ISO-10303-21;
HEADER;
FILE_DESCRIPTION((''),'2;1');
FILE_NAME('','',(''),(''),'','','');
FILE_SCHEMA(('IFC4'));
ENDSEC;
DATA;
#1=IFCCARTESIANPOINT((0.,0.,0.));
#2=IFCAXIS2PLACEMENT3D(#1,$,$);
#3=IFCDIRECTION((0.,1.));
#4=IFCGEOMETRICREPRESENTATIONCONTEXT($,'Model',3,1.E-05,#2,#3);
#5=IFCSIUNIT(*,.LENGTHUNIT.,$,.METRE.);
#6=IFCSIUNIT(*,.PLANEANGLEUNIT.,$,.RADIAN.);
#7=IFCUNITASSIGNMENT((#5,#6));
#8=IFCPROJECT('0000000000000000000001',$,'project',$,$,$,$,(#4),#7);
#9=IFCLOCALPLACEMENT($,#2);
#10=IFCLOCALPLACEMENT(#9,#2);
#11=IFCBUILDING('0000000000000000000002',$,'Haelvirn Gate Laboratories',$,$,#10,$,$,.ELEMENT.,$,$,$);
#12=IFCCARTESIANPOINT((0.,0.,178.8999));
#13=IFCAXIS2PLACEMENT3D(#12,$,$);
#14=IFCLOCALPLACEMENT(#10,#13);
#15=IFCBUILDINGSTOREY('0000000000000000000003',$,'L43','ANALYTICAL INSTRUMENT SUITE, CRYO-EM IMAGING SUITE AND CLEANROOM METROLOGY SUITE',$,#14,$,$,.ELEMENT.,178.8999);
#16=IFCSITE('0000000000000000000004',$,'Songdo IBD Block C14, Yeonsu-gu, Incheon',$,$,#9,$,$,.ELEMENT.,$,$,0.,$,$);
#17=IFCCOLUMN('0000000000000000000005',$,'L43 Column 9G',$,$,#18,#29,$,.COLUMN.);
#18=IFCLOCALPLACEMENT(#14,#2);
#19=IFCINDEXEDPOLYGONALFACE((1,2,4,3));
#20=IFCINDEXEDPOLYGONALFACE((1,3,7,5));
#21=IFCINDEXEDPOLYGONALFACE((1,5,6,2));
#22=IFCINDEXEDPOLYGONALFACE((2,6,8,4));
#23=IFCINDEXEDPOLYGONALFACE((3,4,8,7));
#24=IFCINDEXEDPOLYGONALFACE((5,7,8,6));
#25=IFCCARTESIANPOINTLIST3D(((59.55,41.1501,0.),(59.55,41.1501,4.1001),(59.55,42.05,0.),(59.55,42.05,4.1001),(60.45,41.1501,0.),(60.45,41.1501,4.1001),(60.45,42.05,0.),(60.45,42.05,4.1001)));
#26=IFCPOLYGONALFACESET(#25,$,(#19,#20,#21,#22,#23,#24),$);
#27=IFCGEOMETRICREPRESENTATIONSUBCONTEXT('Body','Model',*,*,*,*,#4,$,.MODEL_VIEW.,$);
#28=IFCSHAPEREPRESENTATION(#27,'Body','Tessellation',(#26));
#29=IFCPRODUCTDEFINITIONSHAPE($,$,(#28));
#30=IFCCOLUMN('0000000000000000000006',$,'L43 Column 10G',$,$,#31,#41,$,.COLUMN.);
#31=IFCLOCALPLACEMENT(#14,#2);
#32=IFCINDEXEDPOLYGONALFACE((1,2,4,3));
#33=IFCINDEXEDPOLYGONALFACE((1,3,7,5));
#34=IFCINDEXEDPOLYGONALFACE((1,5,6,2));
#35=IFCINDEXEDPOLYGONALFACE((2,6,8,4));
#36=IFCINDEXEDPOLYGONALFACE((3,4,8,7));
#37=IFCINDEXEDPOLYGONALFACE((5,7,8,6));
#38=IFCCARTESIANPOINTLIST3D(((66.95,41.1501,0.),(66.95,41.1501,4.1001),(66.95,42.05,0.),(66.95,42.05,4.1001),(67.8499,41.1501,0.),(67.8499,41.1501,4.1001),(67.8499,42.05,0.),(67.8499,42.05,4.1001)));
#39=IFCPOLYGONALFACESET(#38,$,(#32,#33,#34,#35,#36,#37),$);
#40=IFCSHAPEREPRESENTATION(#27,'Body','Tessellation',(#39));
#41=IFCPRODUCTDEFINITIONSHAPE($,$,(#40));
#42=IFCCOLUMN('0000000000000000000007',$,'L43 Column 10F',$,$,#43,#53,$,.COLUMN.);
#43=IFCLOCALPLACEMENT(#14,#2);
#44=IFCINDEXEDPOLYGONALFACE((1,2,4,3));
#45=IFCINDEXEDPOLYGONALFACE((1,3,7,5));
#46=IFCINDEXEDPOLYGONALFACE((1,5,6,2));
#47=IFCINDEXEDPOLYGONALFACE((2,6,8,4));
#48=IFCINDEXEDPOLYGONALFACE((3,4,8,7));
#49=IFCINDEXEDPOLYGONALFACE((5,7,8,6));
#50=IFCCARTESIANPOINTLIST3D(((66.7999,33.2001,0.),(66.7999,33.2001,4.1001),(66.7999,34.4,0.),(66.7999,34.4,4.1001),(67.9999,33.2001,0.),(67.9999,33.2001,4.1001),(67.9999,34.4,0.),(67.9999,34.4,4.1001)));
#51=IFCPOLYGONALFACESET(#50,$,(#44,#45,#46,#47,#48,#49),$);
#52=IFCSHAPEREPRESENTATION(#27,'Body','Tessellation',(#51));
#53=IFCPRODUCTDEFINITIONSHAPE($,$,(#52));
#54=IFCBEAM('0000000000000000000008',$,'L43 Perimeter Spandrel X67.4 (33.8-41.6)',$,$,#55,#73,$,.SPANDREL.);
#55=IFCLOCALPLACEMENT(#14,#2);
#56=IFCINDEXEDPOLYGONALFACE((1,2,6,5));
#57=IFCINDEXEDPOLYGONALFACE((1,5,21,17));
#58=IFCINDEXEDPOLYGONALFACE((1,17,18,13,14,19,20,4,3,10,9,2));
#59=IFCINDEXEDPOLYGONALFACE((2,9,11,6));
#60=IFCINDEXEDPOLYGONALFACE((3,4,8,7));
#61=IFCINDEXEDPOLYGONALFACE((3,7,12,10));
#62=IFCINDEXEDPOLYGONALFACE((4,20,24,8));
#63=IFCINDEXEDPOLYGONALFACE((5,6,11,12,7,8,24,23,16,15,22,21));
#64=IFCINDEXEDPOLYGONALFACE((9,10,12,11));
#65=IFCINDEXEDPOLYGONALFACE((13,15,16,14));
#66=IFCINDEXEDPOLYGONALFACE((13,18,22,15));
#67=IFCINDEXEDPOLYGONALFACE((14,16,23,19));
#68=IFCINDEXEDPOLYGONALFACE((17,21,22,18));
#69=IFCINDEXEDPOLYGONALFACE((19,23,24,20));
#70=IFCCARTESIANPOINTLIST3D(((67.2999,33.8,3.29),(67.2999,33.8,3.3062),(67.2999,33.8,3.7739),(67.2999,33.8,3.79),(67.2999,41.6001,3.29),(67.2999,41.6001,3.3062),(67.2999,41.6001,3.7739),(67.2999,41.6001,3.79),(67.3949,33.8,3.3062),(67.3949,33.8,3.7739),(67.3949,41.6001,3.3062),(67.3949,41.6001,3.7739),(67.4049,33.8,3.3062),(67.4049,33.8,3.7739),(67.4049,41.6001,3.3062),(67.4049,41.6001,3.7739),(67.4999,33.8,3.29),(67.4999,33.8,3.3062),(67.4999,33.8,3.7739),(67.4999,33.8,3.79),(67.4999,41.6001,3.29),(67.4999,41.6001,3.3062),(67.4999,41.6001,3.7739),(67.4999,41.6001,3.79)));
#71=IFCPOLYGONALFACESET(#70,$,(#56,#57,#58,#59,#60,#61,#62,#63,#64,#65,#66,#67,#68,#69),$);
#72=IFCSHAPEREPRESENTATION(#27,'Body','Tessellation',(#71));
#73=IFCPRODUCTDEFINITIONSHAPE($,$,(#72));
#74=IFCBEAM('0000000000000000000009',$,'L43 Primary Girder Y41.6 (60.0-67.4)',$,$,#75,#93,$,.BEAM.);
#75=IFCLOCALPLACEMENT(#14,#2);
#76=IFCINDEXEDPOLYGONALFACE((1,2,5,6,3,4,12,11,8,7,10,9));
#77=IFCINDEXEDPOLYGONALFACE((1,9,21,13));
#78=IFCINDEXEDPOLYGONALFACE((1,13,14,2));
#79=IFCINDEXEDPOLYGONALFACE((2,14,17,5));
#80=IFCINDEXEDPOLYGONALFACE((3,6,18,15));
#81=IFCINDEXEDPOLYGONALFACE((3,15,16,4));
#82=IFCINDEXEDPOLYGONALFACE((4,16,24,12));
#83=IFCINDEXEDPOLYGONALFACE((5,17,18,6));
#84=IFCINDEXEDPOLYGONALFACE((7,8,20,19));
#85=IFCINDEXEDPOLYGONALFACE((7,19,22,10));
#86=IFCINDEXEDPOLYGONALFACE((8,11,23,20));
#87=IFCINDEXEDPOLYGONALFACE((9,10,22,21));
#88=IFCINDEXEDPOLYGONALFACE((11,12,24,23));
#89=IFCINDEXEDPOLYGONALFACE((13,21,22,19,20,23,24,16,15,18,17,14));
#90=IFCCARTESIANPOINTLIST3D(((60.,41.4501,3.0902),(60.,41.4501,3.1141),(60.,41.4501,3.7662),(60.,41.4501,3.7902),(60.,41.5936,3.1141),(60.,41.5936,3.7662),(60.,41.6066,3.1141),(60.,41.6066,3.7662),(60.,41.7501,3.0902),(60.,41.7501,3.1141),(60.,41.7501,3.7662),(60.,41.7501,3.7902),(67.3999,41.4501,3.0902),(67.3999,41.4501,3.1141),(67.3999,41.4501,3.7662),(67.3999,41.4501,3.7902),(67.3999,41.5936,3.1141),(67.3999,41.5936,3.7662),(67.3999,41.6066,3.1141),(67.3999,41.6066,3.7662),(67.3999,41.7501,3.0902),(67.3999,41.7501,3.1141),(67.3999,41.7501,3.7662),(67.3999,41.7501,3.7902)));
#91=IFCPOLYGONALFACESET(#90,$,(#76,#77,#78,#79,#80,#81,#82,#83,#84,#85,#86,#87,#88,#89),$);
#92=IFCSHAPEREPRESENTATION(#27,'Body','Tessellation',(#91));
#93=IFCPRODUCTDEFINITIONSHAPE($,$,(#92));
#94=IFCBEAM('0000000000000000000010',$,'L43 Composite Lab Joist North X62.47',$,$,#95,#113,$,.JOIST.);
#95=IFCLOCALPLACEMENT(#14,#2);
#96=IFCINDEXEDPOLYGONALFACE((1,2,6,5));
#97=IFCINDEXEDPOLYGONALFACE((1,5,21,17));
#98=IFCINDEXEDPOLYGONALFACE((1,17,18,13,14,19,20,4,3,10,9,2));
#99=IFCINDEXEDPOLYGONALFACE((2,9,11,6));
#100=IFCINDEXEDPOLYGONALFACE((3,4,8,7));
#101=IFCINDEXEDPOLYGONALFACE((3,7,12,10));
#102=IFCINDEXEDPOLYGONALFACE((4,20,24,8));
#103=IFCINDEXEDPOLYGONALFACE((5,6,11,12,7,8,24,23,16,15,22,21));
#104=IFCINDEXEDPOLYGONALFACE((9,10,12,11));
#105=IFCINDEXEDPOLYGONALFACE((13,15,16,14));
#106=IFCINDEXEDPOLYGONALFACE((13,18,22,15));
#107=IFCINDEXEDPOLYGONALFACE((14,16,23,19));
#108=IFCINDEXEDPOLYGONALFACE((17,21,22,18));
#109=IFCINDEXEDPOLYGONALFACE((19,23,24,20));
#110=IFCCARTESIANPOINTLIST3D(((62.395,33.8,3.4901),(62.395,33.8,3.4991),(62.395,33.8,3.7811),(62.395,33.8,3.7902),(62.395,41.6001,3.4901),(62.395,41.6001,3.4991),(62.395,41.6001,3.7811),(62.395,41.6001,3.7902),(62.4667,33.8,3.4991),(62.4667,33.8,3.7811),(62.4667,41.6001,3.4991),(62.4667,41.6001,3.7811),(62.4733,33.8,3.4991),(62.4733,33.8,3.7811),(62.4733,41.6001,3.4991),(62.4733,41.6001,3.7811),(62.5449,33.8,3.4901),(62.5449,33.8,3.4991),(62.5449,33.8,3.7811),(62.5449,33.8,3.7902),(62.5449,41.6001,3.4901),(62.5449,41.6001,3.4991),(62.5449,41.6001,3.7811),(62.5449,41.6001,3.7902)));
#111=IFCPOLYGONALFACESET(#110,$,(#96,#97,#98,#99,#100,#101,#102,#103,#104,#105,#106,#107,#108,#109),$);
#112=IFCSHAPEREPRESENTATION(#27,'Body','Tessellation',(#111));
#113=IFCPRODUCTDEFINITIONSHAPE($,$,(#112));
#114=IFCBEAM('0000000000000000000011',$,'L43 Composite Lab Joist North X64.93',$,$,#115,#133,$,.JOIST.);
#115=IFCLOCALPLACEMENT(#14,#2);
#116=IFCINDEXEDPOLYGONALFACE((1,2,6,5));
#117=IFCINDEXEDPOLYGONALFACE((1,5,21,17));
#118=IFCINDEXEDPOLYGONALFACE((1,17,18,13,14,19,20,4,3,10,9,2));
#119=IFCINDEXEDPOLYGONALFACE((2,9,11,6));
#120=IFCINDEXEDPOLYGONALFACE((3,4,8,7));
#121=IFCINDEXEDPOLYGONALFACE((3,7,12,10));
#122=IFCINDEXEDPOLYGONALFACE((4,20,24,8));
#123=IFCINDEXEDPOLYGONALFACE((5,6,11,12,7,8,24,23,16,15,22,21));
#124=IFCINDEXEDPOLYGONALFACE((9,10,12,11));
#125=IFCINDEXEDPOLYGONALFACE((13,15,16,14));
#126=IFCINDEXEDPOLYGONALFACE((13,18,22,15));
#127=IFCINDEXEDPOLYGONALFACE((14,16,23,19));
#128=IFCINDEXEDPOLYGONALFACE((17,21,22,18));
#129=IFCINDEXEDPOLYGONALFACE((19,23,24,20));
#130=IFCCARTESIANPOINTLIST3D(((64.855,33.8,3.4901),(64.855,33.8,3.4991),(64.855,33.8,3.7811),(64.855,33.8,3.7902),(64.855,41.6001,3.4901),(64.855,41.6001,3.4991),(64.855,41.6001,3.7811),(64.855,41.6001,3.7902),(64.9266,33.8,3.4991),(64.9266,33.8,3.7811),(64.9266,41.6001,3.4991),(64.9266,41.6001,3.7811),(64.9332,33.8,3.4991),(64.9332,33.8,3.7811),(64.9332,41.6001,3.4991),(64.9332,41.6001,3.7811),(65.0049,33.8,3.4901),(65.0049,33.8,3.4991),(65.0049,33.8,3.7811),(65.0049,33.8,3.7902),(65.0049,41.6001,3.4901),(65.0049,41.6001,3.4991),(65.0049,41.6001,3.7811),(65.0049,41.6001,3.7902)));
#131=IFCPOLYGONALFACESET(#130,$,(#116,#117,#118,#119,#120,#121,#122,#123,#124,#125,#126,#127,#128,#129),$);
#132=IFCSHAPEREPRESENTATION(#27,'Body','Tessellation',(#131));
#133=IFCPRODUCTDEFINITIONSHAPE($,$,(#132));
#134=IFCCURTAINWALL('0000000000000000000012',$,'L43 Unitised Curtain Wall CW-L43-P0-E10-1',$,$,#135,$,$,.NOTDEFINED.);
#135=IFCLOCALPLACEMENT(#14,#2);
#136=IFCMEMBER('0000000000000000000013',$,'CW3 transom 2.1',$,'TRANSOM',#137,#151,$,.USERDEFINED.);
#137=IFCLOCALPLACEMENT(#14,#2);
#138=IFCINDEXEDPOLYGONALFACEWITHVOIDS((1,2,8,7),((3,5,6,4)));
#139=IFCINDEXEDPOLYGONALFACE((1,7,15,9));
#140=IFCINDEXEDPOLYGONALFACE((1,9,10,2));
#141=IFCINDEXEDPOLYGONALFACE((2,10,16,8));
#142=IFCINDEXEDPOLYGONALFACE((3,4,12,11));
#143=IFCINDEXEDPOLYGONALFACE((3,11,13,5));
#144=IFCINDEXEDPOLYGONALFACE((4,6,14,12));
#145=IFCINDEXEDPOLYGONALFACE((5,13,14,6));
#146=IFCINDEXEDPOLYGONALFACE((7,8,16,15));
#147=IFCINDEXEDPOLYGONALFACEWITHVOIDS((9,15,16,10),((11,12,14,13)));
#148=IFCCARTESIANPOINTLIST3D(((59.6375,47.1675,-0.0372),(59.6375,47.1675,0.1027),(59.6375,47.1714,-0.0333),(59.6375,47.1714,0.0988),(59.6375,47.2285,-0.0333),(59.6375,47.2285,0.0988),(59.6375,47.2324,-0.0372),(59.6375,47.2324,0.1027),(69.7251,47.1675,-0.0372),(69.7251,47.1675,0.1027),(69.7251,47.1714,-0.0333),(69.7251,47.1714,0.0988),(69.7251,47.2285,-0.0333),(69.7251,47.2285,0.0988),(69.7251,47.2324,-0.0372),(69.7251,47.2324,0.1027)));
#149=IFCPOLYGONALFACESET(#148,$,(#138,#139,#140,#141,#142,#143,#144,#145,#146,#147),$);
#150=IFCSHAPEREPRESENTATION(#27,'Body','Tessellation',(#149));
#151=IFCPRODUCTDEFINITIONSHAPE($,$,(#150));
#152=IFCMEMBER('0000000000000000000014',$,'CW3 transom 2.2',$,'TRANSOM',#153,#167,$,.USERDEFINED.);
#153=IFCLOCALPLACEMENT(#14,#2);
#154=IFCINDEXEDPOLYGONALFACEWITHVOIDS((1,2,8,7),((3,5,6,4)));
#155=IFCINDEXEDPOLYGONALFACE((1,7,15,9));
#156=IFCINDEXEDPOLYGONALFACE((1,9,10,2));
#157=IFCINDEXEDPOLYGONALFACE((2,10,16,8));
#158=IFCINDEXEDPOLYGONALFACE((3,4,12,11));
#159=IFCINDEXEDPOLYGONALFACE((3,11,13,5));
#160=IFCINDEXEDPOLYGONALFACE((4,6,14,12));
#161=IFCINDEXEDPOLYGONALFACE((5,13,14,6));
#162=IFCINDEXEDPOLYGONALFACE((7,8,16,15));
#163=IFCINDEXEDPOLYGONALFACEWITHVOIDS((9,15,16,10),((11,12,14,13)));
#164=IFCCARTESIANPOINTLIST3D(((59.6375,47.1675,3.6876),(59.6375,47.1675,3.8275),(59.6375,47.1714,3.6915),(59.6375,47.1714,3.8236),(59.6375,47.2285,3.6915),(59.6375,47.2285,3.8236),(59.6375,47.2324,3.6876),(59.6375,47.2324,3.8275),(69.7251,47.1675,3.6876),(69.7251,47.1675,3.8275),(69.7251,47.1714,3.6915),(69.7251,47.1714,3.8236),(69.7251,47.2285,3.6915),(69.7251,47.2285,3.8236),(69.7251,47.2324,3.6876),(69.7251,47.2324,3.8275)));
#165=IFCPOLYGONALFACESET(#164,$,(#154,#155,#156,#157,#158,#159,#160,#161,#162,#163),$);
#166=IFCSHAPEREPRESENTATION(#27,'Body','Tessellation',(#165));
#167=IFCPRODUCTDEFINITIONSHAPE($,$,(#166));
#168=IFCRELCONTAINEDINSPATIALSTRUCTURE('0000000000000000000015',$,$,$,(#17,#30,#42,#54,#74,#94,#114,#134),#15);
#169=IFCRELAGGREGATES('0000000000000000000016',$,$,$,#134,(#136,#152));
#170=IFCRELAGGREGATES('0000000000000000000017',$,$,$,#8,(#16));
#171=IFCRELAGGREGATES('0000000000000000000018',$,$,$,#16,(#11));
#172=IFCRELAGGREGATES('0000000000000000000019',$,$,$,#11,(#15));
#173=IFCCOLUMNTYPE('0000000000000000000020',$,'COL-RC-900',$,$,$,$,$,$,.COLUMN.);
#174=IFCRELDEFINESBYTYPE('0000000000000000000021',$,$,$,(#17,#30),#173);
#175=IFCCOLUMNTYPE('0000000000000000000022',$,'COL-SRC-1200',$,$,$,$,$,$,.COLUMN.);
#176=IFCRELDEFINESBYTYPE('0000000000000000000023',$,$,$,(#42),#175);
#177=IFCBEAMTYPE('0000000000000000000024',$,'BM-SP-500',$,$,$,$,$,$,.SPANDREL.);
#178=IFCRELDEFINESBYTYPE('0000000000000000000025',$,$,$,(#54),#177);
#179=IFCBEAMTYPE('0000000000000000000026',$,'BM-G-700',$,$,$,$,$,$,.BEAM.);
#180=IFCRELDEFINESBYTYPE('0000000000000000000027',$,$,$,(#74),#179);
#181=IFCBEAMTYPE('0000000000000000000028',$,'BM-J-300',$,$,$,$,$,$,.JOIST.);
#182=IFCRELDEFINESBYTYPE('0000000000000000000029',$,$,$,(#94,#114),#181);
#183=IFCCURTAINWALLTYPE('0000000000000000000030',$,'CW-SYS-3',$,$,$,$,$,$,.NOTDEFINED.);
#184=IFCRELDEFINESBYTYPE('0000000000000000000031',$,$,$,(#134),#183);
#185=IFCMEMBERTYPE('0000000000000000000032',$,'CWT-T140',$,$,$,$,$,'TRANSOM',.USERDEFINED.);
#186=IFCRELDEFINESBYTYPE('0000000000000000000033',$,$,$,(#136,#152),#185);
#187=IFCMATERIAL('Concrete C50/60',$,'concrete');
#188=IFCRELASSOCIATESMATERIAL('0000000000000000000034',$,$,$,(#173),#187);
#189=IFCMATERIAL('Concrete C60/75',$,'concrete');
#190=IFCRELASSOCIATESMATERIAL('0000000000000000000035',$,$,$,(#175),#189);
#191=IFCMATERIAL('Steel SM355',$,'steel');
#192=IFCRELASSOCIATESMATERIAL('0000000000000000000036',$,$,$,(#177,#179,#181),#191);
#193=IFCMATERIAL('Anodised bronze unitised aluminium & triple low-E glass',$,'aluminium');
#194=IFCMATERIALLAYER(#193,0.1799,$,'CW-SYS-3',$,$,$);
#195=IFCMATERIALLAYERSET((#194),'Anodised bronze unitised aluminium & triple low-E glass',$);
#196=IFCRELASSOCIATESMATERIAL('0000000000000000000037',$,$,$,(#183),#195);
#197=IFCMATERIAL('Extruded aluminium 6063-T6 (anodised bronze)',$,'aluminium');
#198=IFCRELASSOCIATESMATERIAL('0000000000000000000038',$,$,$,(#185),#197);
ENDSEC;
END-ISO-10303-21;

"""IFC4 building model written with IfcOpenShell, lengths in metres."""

from ifc_helpers import new_model, si_unit, direction, frame, origin, origin_2d, place, context, subcontext, project, spatial, rectangle, hollow_rectangle, i_section, extrude, source, transform, mapped, material, layer, layer_set, material_profile, profile_set, type_object, type_shapes, element, aggregate, save


model = new_model("IFC4")

# Units and contexts
model_context = context("Model", 3, precision=1e-05, world=origin(), true_north=direction((0.0, 1.0)))
body_context = subcontext(model_context, "Body", "Model", "MODEL_VIEW")
ifc_project = project(units=[si_unit("LENGTHUNIT", "METRE"), si_unit("PLANEANGLEUNIT", "RADIAN")], contexts=[model_context])

# Site, building, storey
site_placement = place(None, origin())
site = spatial("IfcSite", under=ifc_project, at=site_placement, Name="Songdo IBD Block C14, Yeonsu-gu, Incheon", CompositionType="ELEMENT", RefElevation=0.0)
building_placement = place(site_placement, origin())
building = spatial("IfcBuilding", under=site, at=building_placement, Name="Haelvirn Gate Laboratories", CompositionType="ELEMENT")
storey_placement = place(building_placement, frame((0.0, 0.0, 178.8999)))
storey = spatial("IfcBuildingStorey", under=building, at=storey_placement, Name="L43", Description="ANALYTICAL INSTRUMENT SUITE, CRYO-EM IMAGING SUITE AND CLEANROOM METROLOGY SUITE", CompositionType="ELEMENT", Elevation=178.8999)

# Columns
ifc_material_1 = material(Name="Concrete C50/60", Category="concrete")
ifc_material_profile_1 = material_profile(ifc_material_1, rectangle(XDim=0.8999, YDim=0.8999, at=origin_2d()), Name="RC-900x900")
ifc_profile_set_1 = profile_set([ifc_material_profile_1], Name="Concrete C50/60")
column_type_1 = type_object("IfcColumnType", Name="COL-RC-900", PredefinedType="COLUMN", material=ifc_profile_set_1)
shared_shape_1 = source(origin(), body_context, "Body", "SweptSolid", [
    extrude(rectangle(XDim=0.8999, YDim=0.8999, at=origin_2d()), origin(), (0.0, 0.0, 1.0), 4.1001),
])
type_shapes(column_type_1, [shared_shape_1])
for number, where, z_axis, x_axis, name in (
    (1, (60.0, 41.6001, 0.0), (0.0, 0.0, 1.0), (1.0, 0.0, 0.0), "L43 Column 9G"),
    (2, (67.3999, 41.6001, 0.0), (0.0, 0.0, 1.0), (1.0, 0.0, 0.0), "L43 Column 10G"),
):
    element("IfcColumn", number, at=place(storey_placement, frame(where, z_axis=z_axis, x_axis=x_axis)), inside=storey, type_object=column_type_1, Name=name, PredefinedType="COLUMN", context=body_context, shape_type="MappedRepresentation", body=[
        mapped(shared_shape_1, transform((0.0, 0.0, 0.0), scale=1.0)),
    ])
ifc_material_2 = material(Name="Concrete C60/75", Category="concrete")
ifc_material_profile_2 = material_profile(ifc_material_2, rectangle(XDim=1.2, YDim=1.2, at=origin_2d()), Name="SRC-1200x1200")
ifc_profile_set_2 = profile_set([ifc_material_profile_2], Name="Concrete C60/75")
column_type_2 = type_object("IfcColumnType", Name="COL-SRC-1200", PredefinedType="COLUMN", material=ifc_profile_set_2)
shared_shape_2 = source(origin(), body_context, "Body", "SweptSolid", [
    extrude(rectangle(XDim=1.2, YDim=1.2, at=origin_2d()), origin(), (0.0, 0.0, 1.0), 4.1001),
])
type_shapes(column_type_2, [shared_shape_2])
column_placement = place(storey_placement, frame((67.3999, 33.8, 0.0), z_axis=(0.0, 0.0, 1.0), x_axis=(1.0, 0.0, 0.0)))
element("IfcColumn", 3, at=column_placement, inside=storey, type_object=column_type_2, Name="L43 Column 10F", PredefinedType="COLUMN", context=body_context, shape_type="MappedRepresentation", body=[
    mapped(shared_shape_2, transform((0.0, 0.0, 0.0), scale=1.0)),
])

# Beams
ifc_material_3 = material(Name="Steel SM355", Category="steel")
ifc_material_profile_3 = material_profile(ifc_material_3, i_section(OverallWidth=0.2, OverallDepth=0.5, WebThickness=0.01, FlangeThickness=0.0161, at=origin_2d()), Name="H-500x200x10x16")
ifc_profile_set_3 = profile_set([ifc_material_profile_3], Name="Steel SM355")
beam_type_1 = type_object("IfcBeamType", Name="BM-SP-500", PredefinedType="SPANDREL", material=ifc_profile_set_3)
shared_shape_3 = source(origin(), body_context, "Body", "SweptSolid", [
    extrude(i_section(OverallWidth=0.2, OverallDepth=0.5, WebThickness=0.01, FlangeThickness=0.0161, at=origin_2d()), origin(), (0.0, 0.0, 1.0), 7.8),
])
type_shapes(beam_type_1, [shared_shape_3])
beam_1_placement = place(storey_placement, frame((67.3999, 33.8, 3.54), z_axis=(0.0, 1.0, 0.0), x_axis=(-1.0, 0.0, 0.0)))
element("IfcBeam", 4, at=beam_1_placement, inside=storey, type_object=beam_type_1, Name="L43 Perimeter Spandrel X67.4 (33.8-41.6)", PredefinedType="SPANDREL", context=body_context, shape_type="MappedRepresentation", body=[
    mapped(shared_shape_3, transform((0.0, 0.0, 0.0), scale=1.0)),
])
ifc_material_profile_4 = material_profile(ifc_material_3, i_section(OverallWidth=0.3, OverallDepth=0.7, WebThickness=0.0129, FlangeThickness=0.0239, at=origin_2d()), Name="H-700x300x13x24")
ifc_profile_set_4 = profile_set([ifc_material_profile_4], Name="Steel SM355")
beam_type_2 = type_object("IfcBeamType", Name="BM-G-700", PredefinedType="BEAM", material=ifc_profile_set_4)
shared_shape_4 = source(origin(), body_context, "Body", "SweptSolid", [
    extrude(i_section(OverallWidth=0.3, OverallDepth=0.7, WebThickness=0.0129, FlangeThickness=0.0239, at=origin_2d()), origin(), (0.0, 0.0, 1.0), 7.3999),
])
type_shapes(beam_type_2, [shared_shape_4])
beam_2_placement = place(storey_placement, frame((60.0, 41.6001, 3.4402), z_axis=(1.0, 0.0, 0.0), x_axis=(0.0, 1.0, 0.0)))
element("IfcBeam", 5, at=beam_2_placement, inside=storey, type_object=beam_type_2, Name="L43 Primary Girder Y41.6 (60.0-67.4)", PredefinedType="BEAM", context=body_context, shape_type="MappedRepresentation", body=[
    mapped(shared_shape_4, transform((0.0, 0.0, 0.0), scale=1.0)),
])
ifc_material_profile_5 = material_profile(ifc_material_3, i_section(OverallWidth=0.1499, OverallDepth=0.3, WebThickness=0.0066, FlangeThickness=0.009, at=origin_2d()), Name="H-300x150x6.5x9")
ifc_profile_set_5 = profile_set([ifc_material_profile_5], Name="Steel SM355")
beam_type_3 = type_object("IfcBeamType", Name="BM-J-300", PredefinedType="JOIST", material=ifc_profile_set_5)
shared_shape_5 = source(origin(), body_context, "Body", "SweptSolid", [
    extrude(i_section(OverallWidth=0.1499, OverallDepth=0.3, WebThickness=0.0066, FlangeThickness=0.009, at=origin_2d()), origin(), (0.0, 0.0, 1.0), 7.8),
])
type_shapes(beam_type_3, [shared_shape_5])
for number, where, z_axis, x_axis, name in (
    (6, (62.47, 33.8, 3.6401), (0.0, 1.0, 0.0), (-1.0, 0.0, 0.0), "L43 Composite Lab Joist North X62.47"),
    (7, (64.9299, 33.8, 3.6401), (0.0, 1.0, 0.0), (-1.0, 0.0, 0.0), "L43 Composite Lab Joist North X64.93"),
):
    element("IfcBeam", number, at=place(storey_placement, frame(where, z_axis=z_axis, x_axis=x_axis)), inside=storey, type_object=beam_type_3, Name=name, PredefinedType="JOIST", context=body_context, shape_type="MappedRepresentation", body=[
        mapped(shared_shape_5, transform((0.0, 0.0, 0.0), scale=1.0)),
    ])

# Curtain wall, members
ifc_material_4 = material(Name="Anodised bronze unitised aluminium & triple low-E glass", Category="aluminium")
ifc_layer_1 = layer(ifc_material_4, 0.1799, Name="CW-SYS-3")
ifc_layer_set_1 = layer_set([ifc_layer_1], Name="Anodised bronze unitised aluminium & triple low-E glass")
curtain_wall_type_1 = type_object("IfcCurtainWallType", Name="CW-SYS-3", PredefinedType="NOTDEFINED", material=ifc_layer_set_1)
curtain_wall_1_placement = place(storey_placement, origin())
curtain_wall_1 = element("IfcCurtainWall", 8, at=curtain_wall_1_placement, inside=storey, type_object=curtain_wall_type_1, Name="L43 Unitised Curtain Wall CW-L43-P0-E10-1", PredefinedType="NOTDEFINED")
ifc_material_5 = material(Name="Extruded aluminium 6063-T6 (anodised bronze)", Category="aluminium")
ifc_material_profile_6 = material_profile(ifc_material_5, hollow_rectangle(XDim=0.0649, YDim=0.1399, WallThickness=0.0039, at=origin_2d()), Name="CWT-140x65x4")
ifc_profile_set_6 = profile_set([ifc_material_profile_6], Name="Extruded aluminium 6063-T6 (anodised bronze)")
member_type_1 = type_object("IfcMemberType", Name="CWT-T140", ElementType="TRANSOM", PredefinedType="USERDEFINED", material=ifc_profile_set_6)
shared_shape_6 = source(origin(), body_context, "Body", "SweptSolid", [
    extrude(hollow_rectangle(XDim=0.0649, YDim=0.1399, WallThickness=0.0039, at=origin_2d()), origin(), (0.0, 0.0, 1.0), 10.0876),
])
member_1_placement = place(storey_placement, frame((59.6375, 47.2, 0.0327), z_axis=(1.0, 0.0, 0.0), x_axis=(0.0, 1.0, 0.0)))
member_1 = element("IfcMember", 9, at=member_1_placement, type_object=member_type_1, Name="CW3 transom 2.1", ObjectType="TRANSOM", PredefinedType="USERDEFINED", context=body_context, shape_type="MappedRepresentation", body=[
    mapped(shared_shape_6, transform((0.0, 0.0, 0.0), scale=1.0)),
])
member_2_placement = place(storey_placement, frame((59.6375, 47.2, 3.7576), z_axis=(1.0, 0.0, 0.0), x_axis=(0.0, 1.0, 0.0)))
member_2 = element("IfcMember", 10, at=member_2_placement, type_object=member_type_1, Name="CW3 transom 2.2", ObjectType="TRANSOM", PredefinedType="USERDEFINED", context=body_context, shape_type="MappedRepresentation", body=[
    mapped(shared_shape_6, transform((0.0, 0.0, 0.0), scale=1.0)),
])

aggregate(curtain_wall_1, [member_1, member_2])

save(model, "model.ifc")
